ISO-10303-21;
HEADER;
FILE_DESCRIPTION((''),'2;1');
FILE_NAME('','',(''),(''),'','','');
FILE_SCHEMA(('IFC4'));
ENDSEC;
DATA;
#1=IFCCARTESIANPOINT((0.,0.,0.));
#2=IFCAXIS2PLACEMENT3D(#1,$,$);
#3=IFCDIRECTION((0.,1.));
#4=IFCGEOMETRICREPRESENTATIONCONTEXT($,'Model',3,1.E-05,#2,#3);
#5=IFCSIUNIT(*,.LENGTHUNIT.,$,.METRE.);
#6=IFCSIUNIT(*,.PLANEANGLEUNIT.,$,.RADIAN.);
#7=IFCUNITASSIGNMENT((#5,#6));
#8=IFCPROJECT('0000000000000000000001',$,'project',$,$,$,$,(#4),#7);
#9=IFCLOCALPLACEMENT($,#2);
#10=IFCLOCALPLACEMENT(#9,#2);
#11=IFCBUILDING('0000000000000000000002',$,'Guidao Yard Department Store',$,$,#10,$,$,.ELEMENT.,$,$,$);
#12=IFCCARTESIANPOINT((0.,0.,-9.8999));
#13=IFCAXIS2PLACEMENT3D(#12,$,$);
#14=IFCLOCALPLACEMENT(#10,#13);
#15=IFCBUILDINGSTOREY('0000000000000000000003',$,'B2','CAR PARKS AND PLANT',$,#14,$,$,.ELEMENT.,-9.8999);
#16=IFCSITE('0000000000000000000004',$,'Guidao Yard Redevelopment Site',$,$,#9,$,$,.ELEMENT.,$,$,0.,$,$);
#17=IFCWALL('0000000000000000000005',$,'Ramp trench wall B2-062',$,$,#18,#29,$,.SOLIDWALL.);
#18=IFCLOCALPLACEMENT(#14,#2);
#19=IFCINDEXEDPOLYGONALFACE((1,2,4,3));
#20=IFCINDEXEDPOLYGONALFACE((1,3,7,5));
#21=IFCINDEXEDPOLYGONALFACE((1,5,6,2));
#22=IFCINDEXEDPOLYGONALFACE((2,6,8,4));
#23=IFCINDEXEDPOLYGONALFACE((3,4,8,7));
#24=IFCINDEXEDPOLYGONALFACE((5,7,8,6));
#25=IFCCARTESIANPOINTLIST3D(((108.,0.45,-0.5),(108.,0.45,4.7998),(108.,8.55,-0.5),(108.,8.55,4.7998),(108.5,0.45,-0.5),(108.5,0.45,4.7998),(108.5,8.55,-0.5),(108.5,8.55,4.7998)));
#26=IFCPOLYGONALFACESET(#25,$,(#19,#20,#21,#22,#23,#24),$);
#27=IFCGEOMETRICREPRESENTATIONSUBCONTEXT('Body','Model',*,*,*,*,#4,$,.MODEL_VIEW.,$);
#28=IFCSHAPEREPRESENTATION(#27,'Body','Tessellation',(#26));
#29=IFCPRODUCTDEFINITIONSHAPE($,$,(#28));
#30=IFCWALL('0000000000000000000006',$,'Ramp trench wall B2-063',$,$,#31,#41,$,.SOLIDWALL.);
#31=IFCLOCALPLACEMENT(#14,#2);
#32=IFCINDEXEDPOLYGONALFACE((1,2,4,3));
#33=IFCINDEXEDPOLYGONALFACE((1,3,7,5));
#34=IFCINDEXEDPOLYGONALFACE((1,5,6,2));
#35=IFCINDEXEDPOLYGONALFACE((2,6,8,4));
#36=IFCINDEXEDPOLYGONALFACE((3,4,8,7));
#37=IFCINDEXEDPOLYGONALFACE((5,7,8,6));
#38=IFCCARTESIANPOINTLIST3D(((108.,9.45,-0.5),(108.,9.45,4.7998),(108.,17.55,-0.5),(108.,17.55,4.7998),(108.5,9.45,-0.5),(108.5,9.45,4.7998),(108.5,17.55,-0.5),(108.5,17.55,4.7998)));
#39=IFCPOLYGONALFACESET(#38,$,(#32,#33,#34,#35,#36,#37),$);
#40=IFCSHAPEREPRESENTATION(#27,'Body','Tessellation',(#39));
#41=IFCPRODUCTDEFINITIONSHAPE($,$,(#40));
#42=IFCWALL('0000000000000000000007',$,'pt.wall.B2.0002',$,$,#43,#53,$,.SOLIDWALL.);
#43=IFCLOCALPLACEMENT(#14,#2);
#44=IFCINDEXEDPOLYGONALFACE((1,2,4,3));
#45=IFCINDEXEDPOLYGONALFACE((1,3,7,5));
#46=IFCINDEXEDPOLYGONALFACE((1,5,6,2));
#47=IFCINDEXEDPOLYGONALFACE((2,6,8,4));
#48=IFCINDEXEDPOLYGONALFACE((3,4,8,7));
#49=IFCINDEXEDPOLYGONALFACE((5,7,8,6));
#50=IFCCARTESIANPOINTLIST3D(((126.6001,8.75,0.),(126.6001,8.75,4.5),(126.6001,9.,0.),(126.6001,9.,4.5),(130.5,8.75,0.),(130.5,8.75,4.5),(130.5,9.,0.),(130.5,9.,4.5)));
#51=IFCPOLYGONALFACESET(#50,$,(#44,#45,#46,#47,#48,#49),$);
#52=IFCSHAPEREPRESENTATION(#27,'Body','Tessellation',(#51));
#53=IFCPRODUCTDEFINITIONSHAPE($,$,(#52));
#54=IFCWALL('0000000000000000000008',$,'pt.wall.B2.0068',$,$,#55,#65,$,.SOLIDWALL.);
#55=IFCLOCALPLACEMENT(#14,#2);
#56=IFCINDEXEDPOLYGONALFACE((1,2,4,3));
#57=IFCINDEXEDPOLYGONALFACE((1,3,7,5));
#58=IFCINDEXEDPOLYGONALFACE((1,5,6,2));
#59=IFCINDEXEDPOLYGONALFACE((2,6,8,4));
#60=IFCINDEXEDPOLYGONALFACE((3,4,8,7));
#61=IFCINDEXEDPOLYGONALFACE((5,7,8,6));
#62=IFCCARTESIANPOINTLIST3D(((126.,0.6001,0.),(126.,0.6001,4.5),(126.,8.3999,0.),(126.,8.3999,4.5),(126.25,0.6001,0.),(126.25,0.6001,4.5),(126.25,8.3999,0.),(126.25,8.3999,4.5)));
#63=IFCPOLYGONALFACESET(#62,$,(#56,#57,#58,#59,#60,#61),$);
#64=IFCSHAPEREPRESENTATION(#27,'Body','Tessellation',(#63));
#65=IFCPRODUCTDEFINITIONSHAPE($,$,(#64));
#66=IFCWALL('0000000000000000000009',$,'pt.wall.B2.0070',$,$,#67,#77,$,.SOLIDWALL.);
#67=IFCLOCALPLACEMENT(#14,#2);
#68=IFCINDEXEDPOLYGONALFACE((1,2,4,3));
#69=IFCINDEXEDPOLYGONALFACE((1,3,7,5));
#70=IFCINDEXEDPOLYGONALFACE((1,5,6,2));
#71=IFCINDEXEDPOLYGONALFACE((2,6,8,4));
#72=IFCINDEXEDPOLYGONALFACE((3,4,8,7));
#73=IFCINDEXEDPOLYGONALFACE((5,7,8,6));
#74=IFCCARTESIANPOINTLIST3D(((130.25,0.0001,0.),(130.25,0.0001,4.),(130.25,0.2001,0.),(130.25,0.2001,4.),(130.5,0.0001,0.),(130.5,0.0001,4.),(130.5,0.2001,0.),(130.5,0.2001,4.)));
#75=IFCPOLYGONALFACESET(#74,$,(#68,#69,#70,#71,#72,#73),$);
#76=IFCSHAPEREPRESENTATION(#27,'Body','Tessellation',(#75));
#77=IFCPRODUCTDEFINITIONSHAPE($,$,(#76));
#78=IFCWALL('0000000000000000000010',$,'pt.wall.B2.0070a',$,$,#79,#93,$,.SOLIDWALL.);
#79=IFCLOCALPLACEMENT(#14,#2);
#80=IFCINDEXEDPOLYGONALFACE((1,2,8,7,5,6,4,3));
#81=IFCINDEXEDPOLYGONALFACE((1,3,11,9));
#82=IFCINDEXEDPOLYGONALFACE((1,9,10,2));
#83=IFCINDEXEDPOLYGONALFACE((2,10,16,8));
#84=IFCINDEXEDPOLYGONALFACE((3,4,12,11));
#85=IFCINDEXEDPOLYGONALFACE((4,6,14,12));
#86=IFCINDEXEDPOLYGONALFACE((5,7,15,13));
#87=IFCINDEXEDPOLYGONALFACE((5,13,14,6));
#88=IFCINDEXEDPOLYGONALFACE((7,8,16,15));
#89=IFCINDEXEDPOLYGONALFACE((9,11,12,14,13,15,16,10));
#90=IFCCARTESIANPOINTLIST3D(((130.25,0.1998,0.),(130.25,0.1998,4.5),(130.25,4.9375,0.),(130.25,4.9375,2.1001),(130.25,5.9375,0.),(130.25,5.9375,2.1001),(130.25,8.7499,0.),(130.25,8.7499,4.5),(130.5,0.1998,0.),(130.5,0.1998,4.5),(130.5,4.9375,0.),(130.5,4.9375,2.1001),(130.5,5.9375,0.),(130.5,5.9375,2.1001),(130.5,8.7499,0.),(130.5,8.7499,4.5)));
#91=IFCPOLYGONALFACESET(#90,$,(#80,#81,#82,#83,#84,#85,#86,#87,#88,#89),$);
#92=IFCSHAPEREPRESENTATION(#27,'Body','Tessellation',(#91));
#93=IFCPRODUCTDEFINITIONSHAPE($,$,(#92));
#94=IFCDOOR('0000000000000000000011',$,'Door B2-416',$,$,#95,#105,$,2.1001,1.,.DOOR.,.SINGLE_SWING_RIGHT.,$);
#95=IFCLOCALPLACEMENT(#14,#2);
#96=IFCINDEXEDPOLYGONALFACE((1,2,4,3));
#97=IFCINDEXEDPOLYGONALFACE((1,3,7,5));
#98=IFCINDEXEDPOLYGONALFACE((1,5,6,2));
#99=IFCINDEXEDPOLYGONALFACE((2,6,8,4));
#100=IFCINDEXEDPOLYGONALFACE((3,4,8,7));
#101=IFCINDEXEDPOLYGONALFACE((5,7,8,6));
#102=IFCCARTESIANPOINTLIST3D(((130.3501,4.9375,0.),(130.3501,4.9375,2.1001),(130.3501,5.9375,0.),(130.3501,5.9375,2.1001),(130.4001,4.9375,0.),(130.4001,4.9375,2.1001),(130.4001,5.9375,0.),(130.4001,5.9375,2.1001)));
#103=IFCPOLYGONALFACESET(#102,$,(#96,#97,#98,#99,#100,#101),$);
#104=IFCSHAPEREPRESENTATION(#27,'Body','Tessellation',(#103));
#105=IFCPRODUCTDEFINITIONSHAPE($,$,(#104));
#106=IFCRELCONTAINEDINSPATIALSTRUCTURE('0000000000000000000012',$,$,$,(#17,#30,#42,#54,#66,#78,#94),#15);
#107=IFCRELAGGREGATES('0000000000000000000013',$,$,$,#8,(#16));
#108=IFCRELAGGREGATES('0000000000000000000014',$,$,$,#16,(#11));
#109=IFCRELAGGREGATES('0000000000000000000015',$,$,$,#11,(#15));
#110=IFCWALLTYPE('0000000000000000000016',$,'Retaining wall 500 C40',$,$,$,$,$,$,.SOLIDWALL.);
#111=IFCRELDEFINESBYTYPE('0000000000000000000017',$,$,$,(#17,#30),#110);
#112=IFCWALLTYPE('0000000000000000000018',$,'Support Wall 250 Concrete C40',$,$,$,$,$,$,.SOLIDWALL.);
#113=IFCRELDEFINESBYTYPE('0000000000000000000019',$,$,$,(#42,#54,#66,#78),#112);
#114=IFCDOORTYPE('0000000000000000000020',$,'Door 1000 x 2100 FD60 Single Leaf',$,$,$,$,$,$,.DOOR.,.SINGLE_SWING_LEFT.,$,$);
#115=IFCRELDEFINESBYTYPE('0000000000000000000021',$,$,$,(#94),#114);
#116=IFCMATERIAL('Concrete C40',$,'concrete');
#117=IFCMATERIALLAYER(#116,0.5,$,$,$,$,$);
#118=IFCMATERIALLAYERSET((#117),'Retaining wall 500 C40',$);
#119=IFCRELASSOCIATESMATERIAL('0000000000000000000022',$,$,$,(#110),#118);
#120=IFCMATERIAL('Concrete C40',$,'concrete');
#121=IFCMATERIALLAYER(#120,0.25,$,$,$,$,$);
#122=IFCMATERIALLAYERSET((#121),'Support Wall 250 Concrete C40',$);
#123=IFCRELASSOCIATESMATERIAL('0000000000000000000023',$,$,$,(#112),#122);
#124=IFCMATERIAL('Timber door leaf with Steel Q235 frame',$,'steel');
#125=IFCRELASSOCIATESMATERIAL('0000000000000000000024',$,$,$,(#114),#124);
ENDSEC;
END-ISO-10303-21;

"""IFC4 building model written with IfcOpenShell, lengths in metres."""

from ifc_helpers import new_model, si_unit, direction, frame, frame_2d, origin, place, context, subcontext, project, spatial, rectangle, extrude, material, layer, layer_set, type_object, element, fill, save


model = new_model("IFC4")

# Units and contexts
model_context = context("Model", 3, precision=1e-05, world=origin(), true_north=direction((0.0, 1.0)))
body_context = subcontext(model_context, "Body", "Model", "MODEL_VIEW")
ifc_project = project(units=[si_unit("LENGTHUNIT", "METRE"), si_unit("PLANEANGLEUNIT", "RADIAN")], contexts=[model_context])

# Site, building, storey
site_placement = place(None, origin())
site = spatial("IfcSite", under=ifc_project, at=site_placement, Name="Guidao Yard Redevelopment Site", CompositionType="ELEMENT", RefElevation=0.0)
building_placement = place(site_placement, origin())
building = spatial("IfcBuilding", under=site, at=building_placement, Name="Guidao Yard Department Store", CompositionType="ELEMENT")
storey_placement = place(building_placement, frame((0.0, 0.0, -9.8999)))
storey = spatial("IfcBuildingStorey", under=building, at=storey_placement, Name="B2", Description="CAR PARKS AND PLANT", CompositionType="ELEMENT", Elevation=-9.8999)

# Walls
ifc_material_1 = material(Name="Concrete C40", Category="concrete")
ifc_layer_1 = layer(ifc_material_1, 0.5)
ifc_layer_set_1 = layer_set([ifc_layer_1], Name="Retaining wall 500 C40")
wall_type_1 = type_object("IfcWallType", Name="Retaining wall 500 C40", PredefinedType="SOLIDWALL", material=ifc_layer_set_1)
for number, where, z_axis, x_axis, name in (
    (1, (108.25, 0.45, -0.5), (0.0, 0.0, 1.0), (0.0, 1.0, 0.0), "Ramp trench wall B2-062"),
    (2, (108.25, 9.45, -0.5), (0.0, 0.0, 1.0), (0.0, 1.0, 0.0), "Ramp trench wall B2-063"),
):
    element("IfcWall", number, at=place(storey_placement, frame(where, z_axis=z_axis, x_axis=x_axis)), inside=storey, type_object=wall_type_1, Name=name, PredefinedType="SOLIDWALL", context=body_context, shape_type="SweptSolid", body=[
        extrude(rectangle(XDim=8.1001, YDim=0.5, at=frame_2d((4.05, 0.0))), origin(), (0.0, 0.0, 1.0), 5.2998),
    ])
ifc_material_2 = material(Name="Concrete C40", Category="concrete")
ifc_layer_2 = layer(ifc_material_2, 0.25)
ifc_layer_set_2 = layer_set([ifc_layer_2], Name="Support Wall 250 Concrete C40")
wall_type_2 = type_object("IfcWallType", Name="Support Wall 250 Concrete C40", PredefinedType="SOLIDWALL", material=ifc_layer_set_2)
wall_1_placement = place(storey_placement, frame((126.6001, 8.875, 0.0), z_axis=(0.0, 0.0, 1.0), x_axis=(1.0, 0.0, 0.0)))
element("IfcWall", 3, at=wall_1_placement, inside=storey, type_object=wall_type_2, Name="pt.wall.B2.0002", PredefinedType="SOLIDWALL", context=body_context, shape_type="SweptSolid", body=[
    extrude(rectangle(XDim=3.8999, YDim=0.25, at=frame_2d((1.95, 0.0))), origin(), (0.0, 0.0, 1.0), 4.5),
])
wall_2_placement = place(storey_placement, frame((126.125, 0.6001, 0.0), z_axis=(0.0, 0.0, 1.0), x_axis=(0.0, 1.0, 0.0)))
element("IfcWall", 4, at=wall_2_placement, inside=storey, type_object=wall_type_2, Name="pt.wall.B2.0068", PredefinedType="SOLIDWALL", context=body_context, shape_type="SweptSolid", body=[
    extrude(rectangle(XDim=7.7998, YDim=0.25, at=frame_2d((3.8999, 0.0))), origin(), (0.0, 0.0, 1.0), 4.5),
])
wall_3_placement = place(storey_placement, frame((130.375, 0.0, 0.0), z_axis=(0.0, 0.0, 1.0), x_axis=(0.0, 1.0, 0.0)))
element("IfcWall", 5, at=wall_3_placement, inside=storey, type_object=wall_type_2, Name="pt.wall.B2.0070", PredefinedType="SOLIDWALL", context=body_context, shape_type="SweptSolid", body=[
    extrude(rectangle(XDim=0.2, YDim=0.25, at=frame_2d((0.1001, 0.0))), origin(), (0.0, 0.0, 1.0), 4.0),
])

# Wall, opening, door
wall_4_placement = place(storey_placement, frame((130.375, 0.2, 0.0), z_axis=(0.0, 0.0, 1.0), x_axis=(0.0, 1.0, 0.0)))
wall_4 = element("IfcWall", 6, at=wall_4_placement, inside=storey, type_object=wall_type_2, Name="pt.wall.B2.0070a", PredefinedType="SOLIDWALL", context=body_context, shape_type="SweptSolid", body=[
    extrude(rectangle(XDim=8.55, YDim=0.25, at=frame_2d((4.2749, 0.0))), origin(), (0.0, 0.0, 1.0), 4.5),
])
opening_placement = place(wall_4_placement, frame((4.7375, 0.0, 0.0)))
opening = element("IfcOpeningElement", 7, at=opening_placement, cuts=wall_4, PredefinedType="OPENING", context=body_context, shape_type="SweptSolid", body=[
    extrude(rectangle(XDim=1.0, YDim=2.1001, at=frame_2d((0.5, 1.05))), frame((0.0, 0.135, 0.0), z_axis=(0.0, -1.0, 0.0), x_axis=(1.0, 0.0, 0.0)), (0.0, 0.0, 1.0), 0.27),
])
ifc_material_3 = material(Name="Timber door leaf with Steel Q235 frame", Category="steel")
door_type = type_object("IfcDoorType", Name="Door 1000 x 2100 FD60 Single Leaf", OperationType="SINGLE_SWING_LEFT", PredefinedType="DOOR", material=ifc_material_3)
door_placement = place(opening_placement, origin())
door = element("IfcDoor", 8, at=door_placement, inside=storey, type_object=door_type, Name="Door B2-416", OperationType="SINGLE_SWING_RIGHT", OverallHeight=2.1001, OverallWidth=1.0, PredefinedType="DOOR", context=body_context, shape_type="SweptSolid", body=[
    extrude(rectangle(XDim=1.0, YDim=2.1001, at=frame_2d((0.5, 1.05))), frame((0.0, 0.0249, 0.0), z_axis=(0.0, -1.0, 0.0), x_axis=(1.0, 0.0, 0.0)), (0.0, 0.0, 1.0), 0.05),
])
fill(opening, door)

save(model, "model.ifc")
